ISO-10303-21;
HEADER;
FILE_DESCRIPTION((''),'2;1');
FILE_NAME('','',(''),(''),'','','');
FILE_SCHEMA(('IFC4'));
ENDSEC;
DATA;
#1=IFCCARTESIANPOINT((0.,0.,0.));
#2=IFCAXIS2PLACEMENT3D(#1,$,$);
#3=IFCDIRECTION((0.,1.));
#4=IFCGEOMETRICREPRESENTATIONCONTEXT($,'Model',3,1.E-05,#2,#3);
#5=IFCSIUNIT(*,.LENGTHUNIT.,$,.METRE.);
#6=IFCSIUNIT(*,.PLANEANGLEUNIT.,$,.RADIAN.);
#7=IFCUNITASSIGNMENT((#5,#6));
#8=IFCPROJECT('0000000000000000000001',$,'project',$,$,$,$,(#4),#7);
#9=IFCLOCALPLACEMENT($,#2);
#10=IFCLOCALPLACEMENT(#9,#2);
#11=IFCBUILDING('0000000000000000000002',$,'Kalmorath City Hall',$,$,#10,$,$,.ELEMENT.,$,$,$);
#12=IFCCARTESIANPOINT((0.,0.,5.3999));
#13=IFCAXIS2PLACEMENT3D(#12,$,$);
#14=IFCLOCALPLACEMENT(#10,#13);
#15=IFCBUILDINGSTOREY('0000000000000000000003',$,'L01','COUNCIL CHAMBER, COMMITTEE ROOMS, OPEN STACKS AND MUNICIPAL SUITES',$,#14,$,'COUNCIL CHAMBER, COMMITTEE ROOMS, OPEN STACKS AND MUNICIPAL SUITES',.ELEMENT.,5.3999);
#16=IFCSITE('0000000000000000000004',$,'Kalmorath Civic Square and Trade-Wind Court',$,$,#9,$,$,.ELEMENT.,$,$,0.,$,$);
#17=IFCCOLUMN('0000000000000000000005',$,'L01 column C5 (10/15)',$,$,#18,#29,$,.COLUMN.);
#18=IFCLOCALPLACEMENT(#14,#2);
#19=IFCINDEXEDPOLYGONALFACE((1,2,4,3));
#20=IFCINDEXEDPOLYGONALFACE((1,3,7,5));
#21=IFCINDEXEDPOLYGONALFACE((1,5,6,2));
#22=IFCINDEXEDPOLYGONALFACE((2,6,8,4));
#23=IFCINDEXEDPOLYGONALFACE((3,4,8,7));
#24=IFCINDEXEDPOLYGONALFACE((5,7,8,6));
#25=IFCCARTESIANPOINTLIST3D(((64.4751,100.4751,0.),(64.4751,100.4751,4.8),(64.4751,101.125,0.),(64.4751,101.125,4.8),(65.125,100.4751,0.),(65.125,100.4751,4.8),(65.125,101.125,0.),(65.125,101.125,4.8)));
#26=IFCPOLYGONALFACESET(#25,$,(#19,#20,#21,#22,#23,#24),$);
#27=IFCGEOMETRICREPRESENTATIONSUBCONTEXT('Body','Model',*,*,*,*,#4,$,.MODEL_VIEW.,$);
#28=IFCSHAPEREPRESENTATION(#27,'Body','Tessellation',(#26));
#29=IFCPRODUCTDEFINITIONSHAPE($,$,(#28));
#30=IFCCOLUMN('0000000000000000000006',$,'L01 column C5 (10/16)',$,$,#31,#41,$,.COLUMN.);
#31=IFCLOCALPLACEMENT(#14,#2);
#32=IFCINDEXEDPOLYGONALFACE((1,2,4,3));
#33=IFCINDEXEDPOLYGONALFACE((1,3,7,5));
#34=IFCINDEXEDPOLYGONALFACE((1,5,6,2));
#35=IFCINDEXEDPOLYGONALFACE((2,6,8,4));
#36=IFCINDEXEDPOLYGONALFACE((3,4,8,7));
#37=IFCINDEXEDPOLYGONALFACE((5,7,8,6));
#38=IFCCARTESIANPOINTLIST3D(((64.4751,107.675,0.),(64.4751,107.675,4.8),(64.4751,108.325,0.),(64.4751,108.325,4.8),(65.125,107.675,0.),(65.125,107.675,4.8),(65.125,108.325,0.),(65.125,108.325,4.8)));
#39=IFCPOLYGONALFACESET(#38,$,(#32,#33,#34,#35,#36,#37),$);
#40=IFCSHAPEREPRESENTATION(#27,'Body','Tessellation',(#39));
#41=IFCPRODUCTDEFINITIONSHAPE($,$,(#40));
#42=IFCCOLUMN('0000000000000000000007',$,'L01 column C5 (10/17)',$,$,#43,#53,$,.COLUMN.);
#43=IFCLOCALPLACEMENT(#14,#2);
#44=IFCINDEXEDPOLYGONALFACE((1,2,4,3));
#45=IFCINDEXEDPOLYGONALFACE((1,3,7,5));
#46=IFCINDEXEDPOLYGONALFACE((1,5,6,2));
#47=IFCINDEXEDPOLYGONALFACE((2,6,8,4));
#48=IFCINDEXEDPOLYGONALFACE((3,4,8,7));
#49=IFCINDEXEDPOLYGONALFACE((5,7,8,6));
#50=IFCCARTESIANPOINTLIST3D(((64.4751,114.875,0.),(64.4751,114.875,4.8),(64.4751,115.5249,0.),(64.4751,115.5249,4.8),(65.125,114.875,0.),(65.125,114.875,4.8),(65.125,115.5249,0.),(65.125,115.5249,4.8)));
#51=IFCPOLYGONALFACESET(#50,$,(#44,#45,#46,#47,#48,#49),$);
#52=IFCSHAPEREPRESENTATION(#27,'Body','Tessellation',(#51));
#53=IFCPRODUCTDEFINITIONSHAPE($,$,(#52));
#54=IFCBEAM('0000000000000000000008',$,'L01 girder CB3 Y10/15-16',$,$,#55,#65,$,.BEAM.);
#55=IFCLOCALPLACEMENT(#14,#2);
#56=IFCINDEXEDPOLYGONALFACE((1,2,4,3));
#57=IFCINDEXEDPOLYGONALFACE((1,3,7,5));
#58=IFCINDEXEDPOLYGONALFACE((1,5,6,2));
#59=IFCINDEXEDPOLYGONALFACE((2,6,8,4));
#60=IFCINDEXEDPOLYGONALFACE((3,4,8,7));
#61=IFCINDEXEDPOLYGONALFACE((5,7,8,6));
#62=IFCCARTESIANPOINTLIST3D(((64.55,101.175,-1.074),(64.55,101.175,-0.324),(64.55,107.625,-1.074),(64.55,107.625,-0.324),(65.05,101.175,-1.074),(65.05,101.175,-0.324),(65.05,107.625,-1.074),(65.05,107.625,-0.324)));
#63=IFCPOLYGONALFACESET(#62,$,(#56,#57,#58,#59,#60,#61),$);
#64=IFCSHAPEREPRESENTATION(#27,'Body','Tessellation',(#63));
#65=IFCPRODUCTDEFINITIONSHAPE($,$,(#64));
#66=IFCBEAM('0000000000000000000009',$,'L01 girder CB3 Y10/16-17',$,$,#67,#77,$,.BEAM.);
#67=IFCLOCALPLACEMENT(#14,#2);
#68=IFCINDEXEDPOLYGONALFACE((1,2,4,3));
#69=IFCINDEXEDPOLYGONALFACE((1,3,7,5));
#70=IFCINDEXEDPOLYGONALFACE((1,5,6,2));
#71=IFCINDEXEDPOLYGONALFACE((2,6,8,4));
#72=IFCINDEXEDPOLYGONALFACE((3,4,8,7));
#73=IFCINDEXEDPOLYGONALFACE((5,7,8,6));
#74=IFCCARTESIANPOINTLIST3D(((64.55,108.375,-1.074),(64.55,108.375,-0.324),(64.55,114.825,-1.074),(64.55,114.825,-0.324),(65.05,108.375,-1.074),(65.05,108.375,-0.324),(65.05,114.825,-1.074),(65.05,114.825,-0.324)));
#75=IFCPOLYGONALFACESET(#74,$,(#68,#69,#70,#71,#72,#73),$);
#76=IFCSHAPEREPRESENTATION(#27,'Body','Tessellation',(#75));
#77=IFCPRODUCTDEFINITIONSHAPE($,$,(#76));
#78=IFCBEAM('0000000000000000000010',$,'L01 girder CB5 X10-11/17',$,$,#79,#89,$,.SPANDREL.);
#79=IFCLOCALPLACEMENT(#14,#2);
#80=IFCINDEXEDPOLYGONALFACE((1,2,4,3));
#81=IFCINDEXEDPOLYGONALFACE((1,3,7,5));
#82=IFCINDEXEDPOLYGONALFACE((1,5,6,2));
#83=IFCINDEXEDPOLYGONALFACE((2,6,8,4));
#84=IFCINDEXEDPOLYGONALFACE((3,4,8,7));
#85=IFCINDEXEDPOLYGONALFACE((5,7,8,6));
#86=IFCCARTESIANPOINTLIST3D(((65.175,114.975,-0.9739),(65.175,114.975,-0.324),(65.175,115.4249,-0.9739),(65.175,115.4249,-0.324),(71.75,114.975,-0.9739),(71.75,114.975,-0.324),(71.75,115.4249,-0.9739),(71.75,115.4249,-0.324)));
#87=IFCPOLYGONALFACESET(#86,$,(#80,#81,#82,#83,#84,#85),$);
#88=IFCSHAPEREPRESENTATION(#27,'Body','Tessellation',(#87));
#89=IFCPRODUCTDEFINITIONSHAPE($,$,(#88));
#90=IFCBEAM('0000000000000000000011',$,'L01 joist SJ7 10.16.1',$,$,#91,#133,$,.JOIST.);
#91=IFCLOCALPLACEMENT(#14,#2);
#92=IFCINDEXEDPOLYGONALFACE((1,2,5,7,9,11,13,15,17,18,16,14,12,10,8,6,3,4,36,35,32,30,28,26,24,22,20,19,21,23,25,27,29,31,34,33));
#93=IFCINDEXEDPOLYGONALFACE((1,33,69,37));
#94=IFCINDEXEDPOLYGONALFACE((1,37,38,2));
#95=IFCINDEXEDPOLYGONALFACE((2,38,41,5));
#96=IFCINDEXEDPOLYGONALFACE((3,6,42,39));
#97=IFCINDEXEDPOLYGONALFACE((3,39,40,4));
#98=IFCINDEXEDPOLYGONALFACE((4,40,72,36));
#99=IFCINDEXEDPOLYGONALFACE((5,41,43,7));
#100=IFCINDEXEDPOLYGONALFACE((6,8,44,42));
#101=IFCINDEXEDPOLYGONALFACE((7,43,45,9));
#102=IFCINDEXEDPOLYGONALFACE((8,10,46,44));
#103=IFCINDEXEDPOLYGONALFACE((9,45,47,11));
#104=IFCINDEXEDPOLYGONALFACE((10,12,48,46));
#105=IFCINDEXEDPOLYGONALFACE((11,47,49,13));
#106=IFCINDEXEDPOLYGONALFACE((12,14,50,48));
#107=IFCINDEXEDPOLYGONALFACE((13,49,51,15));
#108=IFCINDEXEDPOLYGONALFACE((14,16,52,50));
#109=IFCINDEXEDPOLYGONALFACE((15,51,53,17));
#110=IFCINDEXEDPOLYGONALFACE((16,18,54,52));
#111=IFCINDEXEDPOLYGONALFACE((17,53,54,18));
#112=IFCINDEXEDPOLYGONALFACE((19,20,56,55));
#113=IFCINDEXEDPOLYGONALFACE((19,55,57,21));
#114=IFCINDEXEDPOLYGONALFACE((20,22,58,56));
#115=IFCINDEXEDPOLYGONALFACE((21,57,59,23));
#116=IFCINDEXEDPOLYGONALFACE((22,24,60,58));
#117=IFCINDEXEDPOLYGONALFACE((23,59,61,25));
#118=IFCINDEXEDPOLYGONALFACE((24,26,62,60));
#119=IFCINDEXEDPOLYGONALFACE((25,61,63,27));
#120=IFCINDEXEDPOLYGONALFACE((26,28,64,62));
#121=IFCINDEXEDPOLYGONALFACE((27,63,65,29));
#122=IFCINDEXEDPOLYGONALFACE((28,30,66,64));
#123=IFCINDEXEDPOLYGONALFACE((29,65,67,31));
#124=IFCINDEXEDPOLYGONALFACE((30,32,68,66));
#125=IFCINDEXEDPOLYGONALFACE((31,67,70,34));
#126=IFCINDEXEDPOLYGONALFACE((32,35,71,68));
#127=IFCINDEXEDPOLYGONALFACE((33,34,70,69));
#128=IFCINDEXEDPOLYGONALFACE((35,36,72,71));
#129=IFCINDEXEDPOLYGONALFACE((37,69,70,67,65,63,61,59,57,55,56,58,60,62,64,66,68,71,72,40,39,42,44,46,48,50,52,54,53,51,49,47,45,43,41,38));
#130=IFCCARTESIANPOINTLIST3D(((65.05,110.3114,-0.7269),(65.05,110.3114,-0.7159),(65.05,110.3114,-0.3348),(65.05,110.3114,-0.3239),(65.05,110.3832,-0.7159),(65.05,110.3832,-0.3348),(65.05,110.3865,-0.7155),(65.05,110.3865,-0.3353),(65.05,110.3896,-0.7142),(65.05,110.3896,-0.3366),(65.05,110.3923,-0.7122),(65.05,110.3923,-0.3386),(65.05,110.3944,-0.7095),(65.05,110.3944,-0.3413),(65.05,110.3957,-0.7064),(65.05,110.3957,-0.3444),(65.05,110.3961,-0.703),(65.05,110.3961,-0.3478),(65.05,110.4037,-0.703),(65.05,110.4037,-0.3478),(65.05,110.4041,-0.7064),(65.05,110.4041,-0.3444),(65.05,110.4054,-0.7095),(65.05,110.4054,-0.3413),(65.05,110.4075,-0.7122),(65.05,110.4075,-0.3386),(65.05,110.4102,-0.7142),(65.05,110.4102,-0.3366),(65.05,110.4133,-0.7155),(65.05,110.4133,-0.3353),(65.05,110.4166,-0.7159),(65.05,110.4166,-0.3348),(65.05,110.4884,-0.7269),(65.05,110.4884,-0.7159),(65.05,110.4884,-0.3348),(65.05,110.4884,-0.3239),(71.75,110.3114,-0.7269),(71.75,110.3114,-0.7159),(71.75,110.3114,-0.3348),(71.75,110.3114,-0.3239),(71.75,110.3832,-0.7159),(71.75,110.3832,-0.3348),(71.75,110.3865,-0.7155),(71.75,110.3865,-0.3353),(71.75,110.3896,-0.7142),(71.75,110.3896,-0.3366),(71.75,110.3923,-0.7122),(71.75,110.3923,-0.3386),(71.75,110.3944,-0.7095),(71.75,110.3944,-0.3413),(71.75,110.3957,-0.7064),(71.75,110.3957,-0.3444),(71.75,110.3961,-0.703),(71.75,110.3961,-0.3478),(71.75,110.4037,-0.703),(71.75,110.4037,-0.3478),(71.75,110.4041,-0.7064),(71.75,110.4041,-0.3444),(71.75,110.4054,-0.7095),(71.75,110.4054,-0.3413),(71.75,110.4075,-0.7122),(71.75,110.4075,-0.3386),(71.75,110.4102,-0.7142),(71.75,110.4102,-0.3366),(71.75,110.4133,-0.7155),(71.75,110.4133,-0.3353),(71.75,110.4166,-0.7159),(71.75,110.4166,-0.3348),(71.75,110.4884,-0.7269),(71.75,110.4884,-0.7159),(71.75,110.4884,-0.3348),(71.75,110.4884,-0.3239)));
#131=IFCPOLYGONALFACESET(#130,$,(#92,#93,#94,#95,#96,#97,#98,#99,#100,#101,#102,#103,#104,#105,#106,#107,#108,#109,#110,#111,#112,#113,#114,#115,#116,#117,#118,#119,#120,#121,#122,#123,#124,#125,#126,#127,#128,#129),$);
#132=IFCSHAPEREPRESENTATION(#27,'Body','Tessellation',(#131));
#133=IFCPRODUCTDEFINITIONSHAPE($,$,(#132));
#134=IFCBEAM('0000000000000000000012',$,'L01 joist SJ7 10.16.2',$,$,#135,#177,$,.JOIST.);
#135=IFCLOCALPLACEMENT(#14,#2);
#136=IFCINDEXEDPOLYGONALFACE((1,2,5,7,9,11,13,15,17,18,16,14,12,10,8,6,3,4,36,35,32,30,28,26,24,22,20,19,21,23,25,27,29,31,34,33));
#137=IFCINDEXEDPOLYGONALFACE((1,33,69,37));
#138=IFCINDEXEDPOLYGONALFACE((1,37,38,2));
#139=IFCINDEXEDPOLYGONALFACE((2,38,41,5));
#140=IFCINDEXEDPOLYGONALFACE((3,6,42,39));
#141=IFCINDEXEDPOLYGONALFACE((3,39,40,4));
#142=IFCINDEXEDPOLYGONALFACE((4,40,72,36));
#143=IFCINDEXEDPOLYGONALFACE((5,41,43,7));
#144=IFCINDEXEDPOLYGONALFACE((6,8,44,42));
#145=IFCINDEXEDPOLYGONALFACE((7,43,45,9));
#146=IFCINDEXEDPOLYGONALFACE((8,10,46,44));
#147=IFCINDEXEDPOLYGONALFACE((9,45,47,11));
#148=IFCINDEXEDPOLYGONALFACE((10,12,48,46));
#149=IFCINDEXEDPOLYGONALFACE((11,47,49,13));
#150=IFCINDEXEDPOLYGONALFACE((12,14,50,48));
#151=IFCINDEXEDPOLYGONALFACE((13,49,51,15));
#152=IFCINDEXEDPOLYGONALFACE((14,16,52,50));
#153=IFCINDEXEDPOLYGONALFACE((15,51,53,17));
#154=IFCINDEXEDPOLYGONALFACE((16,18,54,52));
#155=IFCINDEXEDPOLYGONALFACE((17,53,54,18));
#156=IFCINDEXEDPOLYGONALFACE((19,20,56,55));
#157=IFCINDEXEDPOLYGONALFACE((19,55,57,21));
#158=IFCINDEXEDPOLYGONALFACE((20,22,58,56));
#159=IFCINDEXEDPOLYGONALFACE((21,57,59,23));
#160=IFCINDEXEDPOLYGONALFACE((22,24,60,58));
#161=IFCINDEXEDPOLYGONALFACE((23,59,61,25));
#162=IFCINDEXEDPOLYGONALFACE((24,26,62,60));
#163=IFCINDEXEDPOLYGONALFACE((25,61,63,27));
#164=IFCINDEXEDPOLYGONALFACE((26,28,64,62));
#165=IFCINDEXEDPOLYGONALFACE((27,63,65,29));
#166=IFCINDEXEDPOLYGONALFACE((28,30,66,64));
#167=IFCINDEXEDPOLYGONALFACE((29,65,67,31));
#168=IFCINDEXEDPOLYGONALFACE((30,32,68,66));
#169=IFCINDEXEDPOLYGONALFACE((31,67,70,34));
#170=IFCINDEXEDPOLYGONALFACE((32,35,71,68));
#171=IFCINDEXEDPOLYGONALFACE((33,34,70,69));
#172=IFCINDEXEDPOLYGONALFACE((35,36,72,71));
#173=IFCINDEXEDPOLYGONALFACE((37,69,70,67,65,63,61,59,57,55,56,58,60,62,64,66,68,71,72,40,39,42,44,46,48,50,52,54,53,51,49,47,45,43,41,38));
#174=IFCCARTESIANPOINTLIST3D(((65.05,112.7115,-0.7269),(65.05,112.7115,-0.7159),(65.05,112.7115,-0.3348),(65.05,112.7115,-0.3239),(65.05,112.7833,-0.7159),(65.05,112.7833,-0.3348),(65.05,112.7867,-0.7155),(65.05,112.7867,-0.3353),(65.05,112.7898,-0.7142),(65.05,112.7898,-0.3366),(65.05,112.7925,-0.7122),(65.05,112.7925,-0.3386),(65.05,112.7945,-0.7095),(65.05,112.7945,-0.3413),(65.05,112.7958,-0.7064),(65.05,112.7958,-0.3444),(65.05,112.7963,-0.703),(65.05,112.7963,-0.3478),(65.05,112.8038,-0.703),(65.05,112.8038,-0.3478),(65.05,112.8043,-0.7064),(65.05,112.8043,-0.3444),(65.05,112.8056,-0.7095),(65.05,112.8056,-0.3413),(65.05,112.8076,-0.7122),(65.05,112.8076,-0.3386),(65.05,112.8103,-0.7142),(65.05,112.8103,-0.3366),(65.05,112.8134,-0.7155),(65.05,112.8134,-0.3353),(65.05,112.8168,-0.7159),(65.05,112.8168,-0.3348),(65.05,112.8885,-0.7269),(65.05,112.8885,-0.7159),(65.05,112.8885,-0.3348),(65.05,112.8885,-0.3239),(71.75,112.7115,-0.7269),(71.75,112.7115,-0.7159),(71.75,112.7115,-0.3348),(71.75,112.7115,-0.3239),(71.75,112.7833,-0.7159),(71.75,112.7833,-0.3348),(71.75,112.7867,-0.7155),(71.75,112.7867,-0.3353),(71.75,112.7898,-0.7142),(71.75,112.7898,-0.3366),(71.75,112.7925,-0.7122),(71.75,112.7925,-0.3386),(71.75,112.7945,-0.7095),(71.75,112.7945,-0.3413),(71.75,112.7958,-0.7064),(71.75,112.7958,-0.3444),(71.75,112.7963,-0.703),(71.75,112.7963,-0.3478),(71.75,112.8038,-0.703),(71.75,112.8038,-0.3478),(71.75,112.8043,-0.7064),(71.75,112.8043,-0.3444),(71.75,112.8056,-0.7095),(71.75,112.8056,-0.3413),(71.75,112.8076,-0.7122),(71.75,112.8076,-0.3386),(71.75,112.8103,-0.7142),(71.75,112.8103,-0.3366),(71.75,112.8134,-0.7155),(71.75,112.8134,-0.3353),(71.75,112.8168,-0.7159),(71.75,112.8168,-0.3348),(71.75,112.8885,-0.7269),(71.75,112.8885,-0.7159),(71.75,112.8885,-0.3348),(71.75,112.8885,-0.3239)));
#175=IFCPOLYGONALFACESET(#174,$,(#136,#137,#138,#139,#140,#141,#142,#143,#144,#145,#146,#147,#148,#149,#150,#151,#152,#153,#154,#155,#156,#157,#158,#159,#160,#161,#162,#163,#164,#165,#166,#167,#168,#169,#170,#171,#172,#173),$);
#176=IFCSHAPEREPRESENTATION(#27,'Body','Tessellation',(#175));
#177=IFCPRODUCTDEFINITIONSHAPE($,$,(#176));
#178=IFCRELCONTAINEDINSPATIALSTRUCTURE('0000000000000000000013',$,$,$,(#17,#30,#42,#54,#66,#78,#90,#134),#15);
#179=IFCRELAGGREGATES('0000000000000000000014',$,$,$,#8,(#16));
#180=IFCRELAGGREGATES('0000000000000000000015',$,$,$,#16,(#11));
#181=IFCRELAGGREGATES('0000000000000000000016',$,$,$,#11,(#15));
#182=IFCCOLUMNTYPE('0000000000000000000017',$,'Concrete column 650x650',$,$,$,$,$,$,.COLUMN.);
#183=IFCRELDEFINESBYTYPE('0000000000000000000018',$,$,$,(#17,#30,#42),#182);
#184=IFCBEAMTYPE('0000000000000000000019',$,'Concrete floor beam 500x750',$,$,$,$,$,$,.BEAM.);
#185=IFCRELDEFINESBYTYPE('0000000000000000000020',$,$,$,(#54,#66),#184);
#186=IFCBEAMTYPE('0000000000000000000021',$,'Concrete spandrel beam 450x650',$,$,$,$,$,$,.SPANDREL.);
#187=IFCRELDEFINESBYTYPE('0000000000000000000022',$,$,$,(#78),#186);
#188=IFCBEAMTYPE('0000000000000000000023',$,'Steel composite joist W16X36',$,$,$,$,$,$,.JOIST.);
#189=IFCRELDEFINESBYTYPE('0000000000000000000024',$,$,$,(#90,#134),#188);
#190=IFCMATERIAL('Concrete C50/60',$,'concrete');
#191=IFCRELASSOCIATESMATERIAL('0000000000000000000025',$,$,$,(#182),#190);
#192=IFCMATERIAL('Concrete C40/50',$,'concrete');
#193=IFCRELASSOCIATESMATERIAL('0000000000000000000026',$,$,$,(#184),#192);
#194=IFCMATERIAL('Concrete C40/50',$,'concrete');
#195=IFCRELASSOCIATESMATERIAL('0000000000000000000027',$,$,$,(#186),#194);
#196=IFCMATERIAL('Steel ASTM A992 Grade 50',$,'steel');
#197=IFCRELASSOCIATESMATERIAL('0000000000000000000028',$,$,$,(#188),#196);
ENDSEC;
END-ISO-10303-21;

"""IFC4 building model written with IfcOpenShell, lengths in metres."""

from ifc_helpers import new_model, si_unit, direction, frame, origin, origin_2d, place, context, subcontext, project, spatial, rectangle, i_section, extrude, material, material_profile, profile_set, type_object, element, save


model = new_model("IFC4")

# Units and contexts
model_context = context("Model", 3, precision=1e-05, world=origin(), true_north=direction((0.0, 1.0)))
body_context = subcontext(model_context, "Body", "Model", "MODEL_VIEW")
ifc_project = project(units=[si_unit("LENGTHUNIT", "METRE"), si_unit("PLANEANGLEUNIT", "RADIAN")], contexts=[model_context])

# Site, building, storey
site_placement = place(None, origin())
site = spatial("IfcSite", under=ifc_project, at=site_placement, Name="Kalmorath Civic Square and Trade-Wind Court", CompositionType="ELEMENT", RefElevation=0.0)
building_placement = place(site_placement, origin())
building = spatial("IfcBuilding", under=site, at=building_placement, Name="Kalmorath City Hall", CompositionType="ELEMENT")
storey_placement = place(building_placement, frame((0.0, 0.0, 5.3999)))
storey = spatial("IfcBuildingStorey", under=building, at=storey_placement, Name="L01", Description="COUNCIL CHAMBER, COMMITTEE ROOMS, OPEN STACKS AND MUNICIPAL SUITES", LongName="COUNCIL CHAMBER, COMMITTEE ROOMS, OPEN STACKS AND MUNICIPAL SUITES", CompositionType="ELEMENT", Elevation=5.3999)

# Columns
ifc_material_1 = material(Name="Concrete C50/60", Category="concrete")
ifc_material_profile_1 = material_profile(ifc_material_1, rectangle(XDim=0.6499, YDim=0.6499, at=origin_2d()), Name="RC-COL-650X650")
ifc_profile_set_1 = profile_set([ifc_material_profile_1], Name="Concrete C50/60")
column_type = type_object("IfcColumnType", Name="Concrete column 650x650", PredefinedType="COLUMN", material=ifc_profile_set_1)
for number, where, z_axis, x_axis, name in (
    (1, (64.8, 100.8, 0.0), (0.0, 0.0, 1.0), (1.0, 0.0, 0.0), "L01 column C5 (10/15)"),
    (2, (64.8, 108.0, 0.0), (0.0, 0.0, 1.0), (1.0, 0.0, 0.0), "L01 column C5 (10/16)"),
    (3, (64.8, 115.2, 0.0), (0.0, 0.0, 1.0), (1.0, 0.0, 0.0), "L01 column C5 (10/17)"),
):
    element("IfcColumn", number, at=place(storey_placement, frame(where, z_axis=z_axis, x_axis=x_axis)), inside=storey, type_object=column_type, Name=name, PredefinedType="COLUMN", context=body_context, shape_type="SweptSolid", body=[
        extrude(rectangle(XDim=0.6499, YDim=0.6499, at=origin_2d()), origin(), (0.0, 0.0, 1.0), 4.8),
    ])

# Beams
ifc_material_2 = material(Name="Concrete C40/50", Category="concrete")
ifc_material_profile_2 = material_profile(ifc_material_2, rectangle(XDim=0.5, YDim=0.75, at=origin_2d()), Name="RC-BM-500X750")
ifc_profile_set_2 = profile_set([ifc_material_profile_2], Name="Concrete C40/50")
beam_type_1 = type_object("IfcBeamType", Name="Concrete floor beam 500x750", PredefinedType="BEAM", material=ifc_profile_set_2)
for number, where, z_axis, x_axis, name in (
    (4, (64.8, 101.175, -0.699), (0.0, 1.0, 0.0), (-1.0, 0.0, 0.0), "L01 girder CB3 Y10/15-16"),
    (5, (64.8, 108.375, -0.699), (0.0, 1.0, 0.0), (-1.0, 0.0, 0.0), "L01 girder CB3 Y10/16-17"),
):
    element("IfcBeam", number, at=place(storey_placement, frame(where, z_axis=z_axis, x_axis=x_axis)), inside=storey, type_object=beam_type_1, Name=name, PredefinedType="BEAM", context=body_context, shape_type="SweptSolid", body=[
        extrude(rectangle(XDim=0.5, YDim=0.75, at=origin_2d()), origin(), (0.0, 0.0, 1.0), 6.45),
    ])
ifc_material_3 = material(Name="Concrete C40/50", Category="concrete")
ifc_material_profile_3 = material_profile(ifc_material_3, rectangle(XDim=0.45, YDim=0.6499, at=origin_2d()), Name="RC-BM-450X650")
ifc_profile_set_3 = profile_set([ifc_material_profile_3], Name="Concrete C40/50")
beam_type_2 = type_object("IfcBeamType", Name="Concrete spandrel beam 450x650", PredefinedType="SPANDREL", material=ifc_profile_set_3)
beam_placement = place(storey_placement, frame((65.175, 115.2, -0.6489), z_axis=(1.0, 0.0, 0.0), x_axis=(0.0, 1.0, 0.0)))
element("IfcBeam", 6, at=beam_placement, inside=storey, type_object=beam_type_2, Name="L01 girder CB5 X10-11/17", PredefinedType="SPANDREL", context=body_context, shape_type="SweptSolid", body=[
    extrude(rectangle(XDim=0.45, YDim=0.6499, at=origin_2d()), origin(), (0.0, 0.0, 1.0), 6.575),
])
ifc_material_4 = material(Name="Steel ASTM A992 Grade 50", Category="steel")
ifc_material_profile_4 = material_profile(ifc_material_4, i_section(OverallWidth=0.177, OverallDepth=0.4031, WebThickness=0.0076, FlangeThickness=0.011, FilletRadius=0.0129, at=origin_2d()), Name="W16X36")
ifc_profile_set_4 = profile_set([ifc_material_profile_4], Name="Steel ASTM A992 Grade 50")
beam_type_3 = type_object("IfcBeamType", Name="Steel composite joist W16X36", PredefinedType="JOIST", material=ifc_profile_set_4)
for number, where, z_axis, x_axis, name in (
    (7, (65.05, 110.3999, -0.5254), (1.0, 0.0, 0.0), (0.0, 1.0, 0.0), "L01 joist SJ7 10.16.1"),
    (8, (65.05, 112.8, -0.5254), (1.0, 0.0, 0.0), (0.0, 1.0, 0.0), "L01 joist SJ7 10.16.2"),
):
    element("IfcBeam", number, at=place(storey_placement, frame(where, z_axis=z_axis, x_axis=x_axis)), inside=storey, type_object=beam_type_3, Name=name, PredefinedType="JOIST", context=body_context, shape_type="SweptSolid", body=[
        extrude(i_section(OverallWidth=0.177, OverallDepth=0.4031, WebThickness=0.0076, FlangeThickness=0.011, FilletRadius=0.0129, at=origin_2d()), origin(), (0.0, 0.0, 1.0), 6.7),
    ])

save(model, "model.ifc")
